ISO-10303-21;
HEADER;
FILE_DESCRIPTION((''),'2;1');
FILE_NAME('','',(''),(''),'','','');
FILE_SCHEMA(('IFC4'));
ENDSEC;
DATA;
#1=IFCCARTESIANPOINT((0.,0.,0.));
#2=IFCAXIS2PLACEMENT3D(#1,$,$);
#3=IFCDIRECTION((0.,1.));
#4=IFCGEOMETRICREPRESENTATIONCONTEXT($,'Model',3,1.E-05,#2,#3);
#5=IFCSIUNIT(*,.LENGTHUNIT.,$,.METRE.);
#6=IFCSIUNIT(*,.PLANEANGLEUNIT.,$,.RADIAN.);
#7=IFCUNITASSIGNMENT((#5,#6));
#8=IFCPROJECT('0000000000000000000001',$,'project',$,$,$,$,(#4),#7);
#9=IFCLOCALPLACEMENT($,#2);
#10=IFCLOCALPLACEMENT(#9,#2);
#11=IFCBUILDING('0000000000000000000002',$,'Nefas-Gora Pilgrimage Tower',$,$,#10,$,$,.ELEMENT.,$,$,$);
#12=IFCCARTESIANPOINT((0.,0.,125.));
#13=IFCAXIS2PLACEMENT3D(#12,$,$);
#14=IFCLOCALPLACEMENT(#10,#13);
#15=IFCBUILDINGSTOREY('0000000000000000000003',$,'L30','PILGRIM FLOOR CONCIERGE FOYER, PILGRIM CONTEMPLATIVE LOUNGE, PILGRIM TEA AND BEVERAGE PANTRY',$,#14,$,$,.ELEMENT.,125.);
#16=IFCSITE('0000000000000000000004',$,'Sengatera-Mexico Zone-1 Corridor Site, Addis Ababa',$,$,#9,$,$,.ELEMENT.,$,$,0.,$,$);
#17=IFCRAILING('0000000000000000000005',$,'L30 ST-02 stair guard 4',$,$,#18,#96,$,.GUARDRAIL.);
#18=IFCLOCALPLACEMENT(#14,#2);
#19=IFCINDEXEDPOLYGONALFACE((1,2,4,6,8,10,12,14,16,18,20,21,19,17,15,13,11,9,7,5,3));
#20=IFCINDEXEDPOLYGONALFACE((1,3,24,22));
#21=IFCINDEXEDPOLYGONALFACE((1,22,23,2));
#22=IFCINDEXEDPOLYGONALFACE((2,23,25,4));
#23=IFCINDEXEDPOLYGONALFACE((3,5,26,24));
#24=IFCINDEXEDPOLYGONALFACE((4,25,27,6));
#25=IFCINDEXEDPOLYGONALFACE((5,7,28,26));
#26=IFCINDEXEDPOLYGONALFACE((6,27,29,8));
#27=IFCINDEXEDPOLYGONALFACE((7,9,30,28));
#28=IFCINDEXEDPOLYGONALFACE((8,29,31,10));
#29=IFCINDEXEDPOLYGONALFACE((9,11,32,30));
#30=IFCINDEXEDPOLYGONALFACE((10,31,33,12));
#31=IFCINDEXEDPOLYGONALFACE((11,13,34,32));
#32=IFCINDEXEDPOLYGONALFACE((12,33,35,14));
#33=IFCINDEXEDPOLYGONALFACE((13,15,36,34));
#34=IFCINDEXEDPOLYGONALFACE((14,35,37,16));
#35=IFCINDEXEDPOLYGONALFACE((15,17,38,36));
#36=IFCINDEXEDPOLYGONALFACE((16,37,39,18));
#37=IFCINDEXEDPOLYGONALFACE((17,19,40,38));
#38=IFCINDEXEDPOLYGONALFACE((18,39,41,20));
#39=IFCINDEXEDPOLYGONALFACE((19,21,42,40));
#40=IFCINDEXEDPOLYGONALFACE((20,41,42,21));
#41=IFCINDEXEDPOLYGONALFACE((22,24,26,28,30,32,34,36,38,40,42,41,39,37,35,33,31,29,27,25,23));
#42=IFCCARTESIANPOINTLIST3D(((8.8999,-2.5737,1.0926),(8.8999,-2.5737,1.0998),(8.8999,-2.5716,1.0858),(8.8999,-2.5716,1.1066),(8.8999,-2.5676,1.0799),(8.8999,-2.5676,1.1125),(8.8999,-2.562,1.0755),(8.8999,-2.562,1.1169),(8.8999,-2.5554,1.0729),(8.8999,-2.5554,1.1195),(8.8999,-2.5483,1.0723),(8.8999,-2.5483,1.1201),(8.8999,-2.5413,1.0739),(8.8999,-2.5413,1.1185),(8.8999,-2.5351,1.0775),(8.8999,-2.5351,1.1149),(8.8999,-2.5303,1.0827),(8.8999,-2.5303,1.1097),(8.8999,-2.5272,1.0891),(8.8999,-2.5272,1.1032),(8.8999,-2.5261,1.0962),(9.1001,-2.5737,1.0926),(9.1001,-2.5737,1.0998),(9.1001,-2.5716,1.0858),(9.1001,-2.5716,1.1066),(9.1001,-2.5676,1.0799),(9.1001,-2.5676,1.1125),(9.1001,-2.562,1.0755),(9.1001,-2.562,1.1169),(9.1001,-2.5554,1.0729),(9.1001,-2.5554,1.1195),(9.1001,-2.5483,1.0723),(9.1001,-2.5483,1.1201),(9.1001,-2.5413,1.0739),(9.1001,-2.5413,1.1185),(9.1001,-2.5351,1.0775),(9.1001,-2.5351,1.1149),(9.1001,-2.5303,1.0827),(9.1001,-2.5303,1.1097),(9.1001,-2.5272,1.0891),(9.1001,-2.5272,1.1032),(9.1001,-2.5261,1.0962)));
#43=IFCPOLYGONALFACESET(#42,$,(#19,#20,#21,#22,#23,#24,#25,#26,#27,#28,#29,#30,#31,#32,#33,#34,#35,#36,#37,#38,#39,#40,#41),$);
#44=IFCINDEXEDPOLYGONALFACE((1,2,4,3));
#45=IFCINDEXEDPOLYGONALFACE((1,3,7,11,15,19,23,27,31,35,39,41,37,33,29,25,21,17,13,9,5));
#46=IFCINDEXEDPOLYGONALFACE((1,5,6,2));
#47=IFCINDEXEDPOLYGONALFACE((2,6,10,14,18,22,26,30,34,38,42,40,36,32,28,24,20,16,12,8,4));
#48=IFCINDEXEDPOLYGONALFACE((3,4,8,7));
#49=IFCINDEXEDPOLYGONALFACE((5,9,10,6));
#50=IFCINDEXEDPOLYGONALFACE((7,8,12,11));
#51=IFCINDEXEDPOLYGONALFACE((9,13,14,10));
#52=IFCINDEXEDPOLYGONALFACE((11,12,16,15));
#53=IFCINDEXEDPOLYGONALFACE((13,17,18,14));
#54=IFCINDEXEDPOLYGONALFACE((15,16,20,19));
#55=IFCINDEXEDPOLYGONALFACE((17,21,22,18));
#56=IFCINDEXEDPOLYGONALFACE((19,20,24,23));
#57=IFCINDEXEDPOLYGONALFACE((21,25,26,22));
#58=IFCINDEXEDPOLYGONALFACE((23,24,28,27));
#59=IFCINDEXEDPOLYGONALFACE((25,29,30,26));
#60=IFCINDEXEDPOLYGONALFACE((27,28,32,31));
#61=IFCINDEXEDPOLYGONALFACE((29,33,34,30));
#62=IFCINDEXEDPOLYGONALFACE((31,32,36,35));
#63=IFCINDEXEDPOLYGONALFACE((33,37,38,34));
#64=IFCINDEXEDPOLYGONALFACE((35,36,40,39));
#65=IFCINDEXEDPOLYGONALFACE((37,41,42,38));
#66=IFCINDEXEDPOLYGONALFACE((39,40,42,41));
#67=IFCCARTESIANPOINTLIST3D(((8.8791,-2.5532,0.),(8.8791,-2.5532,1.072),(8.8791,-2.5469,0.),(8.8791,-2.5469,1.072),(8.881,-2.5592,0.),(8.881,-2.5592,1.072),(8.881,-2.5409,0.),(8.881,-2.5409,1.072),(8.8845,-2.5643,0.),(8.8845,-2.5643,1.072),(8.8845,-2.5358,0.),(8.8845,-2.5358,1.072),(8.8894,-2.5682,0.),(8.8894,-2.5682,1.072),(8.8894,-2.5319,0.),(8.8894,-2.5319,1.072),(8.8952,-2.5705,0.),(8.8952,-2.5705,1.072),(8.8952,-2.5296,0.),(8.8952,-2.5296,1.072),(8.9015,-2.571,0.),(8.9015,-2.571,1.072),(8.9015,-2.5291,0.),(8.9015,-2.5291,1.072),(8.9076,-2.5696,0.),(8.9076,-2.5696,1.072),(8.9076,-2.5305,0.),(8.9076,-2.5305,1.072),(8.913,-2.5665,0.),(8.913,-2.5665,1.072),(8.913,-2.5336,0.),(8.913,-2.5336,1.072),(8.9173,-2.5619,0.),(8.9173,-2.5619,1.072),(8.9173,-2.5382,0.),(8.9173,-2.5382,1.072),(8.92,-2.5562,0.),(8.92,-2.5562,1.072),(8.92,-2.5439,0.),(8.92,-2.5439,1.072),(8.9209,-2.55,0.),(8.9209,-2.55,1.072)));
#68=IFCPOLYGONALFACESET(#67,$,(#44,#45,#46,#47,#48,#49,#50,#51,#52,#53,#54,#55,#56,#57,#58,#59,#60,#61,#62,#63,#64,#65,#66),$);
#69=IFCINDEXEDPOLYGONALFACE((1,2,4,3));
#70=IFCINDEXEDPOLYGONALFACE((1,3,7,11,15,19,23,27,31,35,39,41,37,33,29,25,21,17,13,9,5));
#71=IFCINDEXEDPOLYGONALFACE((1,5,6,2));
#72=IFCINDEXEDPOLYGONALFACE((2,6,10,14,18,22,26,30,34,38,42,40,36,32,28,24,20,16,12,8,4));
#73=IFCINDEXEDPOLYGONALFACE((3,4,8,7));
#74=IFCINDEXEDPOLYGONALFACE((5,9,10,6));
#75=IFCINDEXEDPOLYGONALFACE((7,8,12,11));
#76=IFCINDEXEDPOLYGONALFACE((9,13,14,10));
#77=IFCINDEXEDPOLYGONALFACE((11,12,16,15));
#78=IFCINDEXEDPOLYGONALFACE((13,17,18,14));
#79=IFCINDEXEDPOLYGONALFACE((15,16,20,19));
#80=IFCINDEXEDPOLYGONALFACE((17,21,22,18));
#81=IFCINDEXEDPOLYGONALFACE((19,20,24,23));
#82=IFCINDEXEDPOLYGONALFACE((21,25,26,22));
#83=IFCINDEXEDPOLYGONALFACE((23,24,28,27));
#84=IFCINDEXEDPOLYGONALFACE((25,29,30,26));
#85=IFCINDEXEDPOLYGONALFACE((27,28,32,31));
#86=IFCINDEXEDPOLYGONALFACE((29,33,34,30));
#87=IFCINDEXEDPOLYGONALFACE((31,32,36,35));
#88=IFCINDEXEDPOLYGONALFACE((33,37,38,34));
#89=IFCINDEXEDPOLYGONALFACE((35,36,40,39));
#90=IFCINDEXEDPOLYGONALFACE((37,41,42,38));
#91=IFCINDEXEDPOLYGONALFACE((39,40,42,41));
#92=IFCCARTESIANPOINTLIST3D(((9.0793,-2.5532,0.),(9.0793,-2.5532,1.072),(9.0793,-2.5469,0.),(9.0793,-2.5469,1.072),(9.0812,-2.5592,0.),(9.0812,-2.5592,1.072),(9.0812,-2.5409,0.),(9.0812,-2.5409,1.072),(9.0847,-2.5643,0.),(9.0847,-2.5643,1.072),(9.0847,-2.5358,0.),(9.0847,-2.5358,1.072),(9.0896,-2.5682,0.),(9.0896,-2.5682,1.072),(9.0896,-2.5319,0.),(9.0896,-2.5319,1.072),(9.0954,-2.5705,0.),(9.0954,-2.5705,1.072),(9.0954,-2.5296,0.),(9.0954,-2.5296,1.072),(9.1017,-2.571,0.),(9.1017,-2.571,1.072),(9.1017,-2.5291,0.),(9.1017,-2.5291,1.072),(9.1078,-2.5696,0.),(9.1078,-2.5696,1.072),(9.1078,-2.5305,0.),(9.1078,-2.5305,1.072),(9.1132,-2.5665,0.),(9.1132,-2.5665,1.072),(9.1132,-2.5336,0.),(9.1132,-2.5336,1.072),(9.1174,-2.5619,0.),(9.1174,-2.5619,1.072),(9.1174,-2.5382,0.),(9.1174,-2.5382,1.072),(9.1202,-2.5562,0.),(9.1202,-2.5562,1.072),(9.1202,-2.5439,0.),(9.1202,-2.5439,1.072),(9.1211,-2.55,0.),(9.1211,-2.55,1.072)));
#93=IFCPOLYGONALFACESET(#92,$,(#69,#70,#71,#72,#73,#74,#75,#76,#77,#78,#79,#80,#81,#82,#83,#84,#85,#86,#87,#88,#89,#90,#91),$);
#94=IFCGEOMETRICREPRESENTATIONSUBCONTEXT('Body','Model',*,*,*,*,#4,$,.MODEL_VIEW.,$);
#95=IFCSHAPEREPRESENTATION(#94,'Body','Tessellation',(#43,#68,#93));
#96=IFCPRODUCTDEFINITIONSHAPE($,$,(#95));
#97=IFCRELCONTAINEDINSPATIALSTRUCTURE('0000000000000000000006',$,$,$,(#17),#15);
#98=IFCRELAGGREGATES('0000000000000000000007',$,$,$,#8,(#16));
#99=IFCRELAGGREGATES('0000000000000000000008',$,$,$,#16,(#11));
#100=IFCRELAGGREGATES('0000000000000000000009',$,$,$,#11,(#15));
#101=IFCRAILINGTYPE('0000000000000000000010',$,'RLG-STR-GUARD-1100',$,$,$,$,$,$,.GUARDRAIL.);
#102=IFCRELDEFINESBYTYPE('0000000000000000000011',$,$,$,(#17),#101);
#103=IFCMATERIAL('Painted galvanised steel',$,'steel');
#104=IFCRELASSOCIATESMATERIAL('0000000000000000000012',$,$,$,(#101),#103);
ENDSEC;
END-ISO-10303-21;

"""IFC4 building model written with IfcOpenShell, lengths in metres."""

from ifc_helpers import new_model, si_unit, direction, frame, origin, origin_2d, place, context, subcontext, project, spatial, circle, extrude, material, type_object, element, save


model = new_model("IFC4")

# Units and contexts
model_context = context("Model", 3, precision=1e-05, world=origin(), true_north=direction((0.0, 1.0)))
body_context = subcontext(model_context, "Body", "Model", "MODEL_VIEW")
ifc_project = project(units=[si_unit("LENGTHUNIT", "METRE"), si_unit("PLANEANGLEUNIT", "RADIAN")], contexts=[model_context])

# Site, building, storey
site_placement = place(None, origin())
site = spatial("IfcSite", under=ifc_project, at=site_placement, Name="Sengatera-Mexico Zone-1 Corridor Site, Addis Ababa", CompositionType="ELEMENT", RefElevation=0.0)
building_placement = place(site_placement, origin())
building = spatial("IfcBuilding", under=site, at=building_placement, Name="Nefas-Gora Pilgrimage Tower", CompositionType="ELEMENT")
storey_placement = place(building_placement, frame((0.0, 0.0, 125.0)))
storey = spatial("IfcBuildingStorey", under=building, at=storey_placement, Name="L30", Description="PILGRIM FLOOR CONCIERGE FOYER, PILGRIM CONTEMPLATIVE LOUNGE, PILGRIM TEA AND BEVERAGE PANTRY", CompositionType="ELEMENT", Elevation=125.0)

# Railing
ifc_material_1 = material(Name="Painted galvanised steel", Category="steel")
railing_type_1 = type_object("IfcRailingType", Name="RLG-STR-GUARD-1100", PredefinedType="GUARDRAIL", material=ifc_material_1)
railing_1_placement = place(storey_placement, frame((8.8999, -2.55, 0.0)))
element("IfcRailing", 1, at=railing_1_placement, inside=storey, type_object=railing_type_1, Name="L30 ST-02 stair guard 4", PredefinedType="GUARDRAIL", context=body_context, shape_type="SweptSolid", body=[
    extrude(circle(Radius=0.0239, at=origin_2d()), frame((0.0, 0.0, 1.0962), z_axis=(1.0, 0.0, 0.0), x_axis=(0.0, 1.0, 0.0)), (0.0, 0.0, 1.0), 0.2002),
    extrude(circle(Radius=0.021, at=origin_2d()), origin(), (0.0, 0.0, 1.0), 1.072),
    extrude(circle(Radius=0.021, at=origin_2d()), frame((0.2002, 0.0, 0.0)), (0.0, 0.0, 1.0), 1.072),
])

save(model, "model.ifc")
